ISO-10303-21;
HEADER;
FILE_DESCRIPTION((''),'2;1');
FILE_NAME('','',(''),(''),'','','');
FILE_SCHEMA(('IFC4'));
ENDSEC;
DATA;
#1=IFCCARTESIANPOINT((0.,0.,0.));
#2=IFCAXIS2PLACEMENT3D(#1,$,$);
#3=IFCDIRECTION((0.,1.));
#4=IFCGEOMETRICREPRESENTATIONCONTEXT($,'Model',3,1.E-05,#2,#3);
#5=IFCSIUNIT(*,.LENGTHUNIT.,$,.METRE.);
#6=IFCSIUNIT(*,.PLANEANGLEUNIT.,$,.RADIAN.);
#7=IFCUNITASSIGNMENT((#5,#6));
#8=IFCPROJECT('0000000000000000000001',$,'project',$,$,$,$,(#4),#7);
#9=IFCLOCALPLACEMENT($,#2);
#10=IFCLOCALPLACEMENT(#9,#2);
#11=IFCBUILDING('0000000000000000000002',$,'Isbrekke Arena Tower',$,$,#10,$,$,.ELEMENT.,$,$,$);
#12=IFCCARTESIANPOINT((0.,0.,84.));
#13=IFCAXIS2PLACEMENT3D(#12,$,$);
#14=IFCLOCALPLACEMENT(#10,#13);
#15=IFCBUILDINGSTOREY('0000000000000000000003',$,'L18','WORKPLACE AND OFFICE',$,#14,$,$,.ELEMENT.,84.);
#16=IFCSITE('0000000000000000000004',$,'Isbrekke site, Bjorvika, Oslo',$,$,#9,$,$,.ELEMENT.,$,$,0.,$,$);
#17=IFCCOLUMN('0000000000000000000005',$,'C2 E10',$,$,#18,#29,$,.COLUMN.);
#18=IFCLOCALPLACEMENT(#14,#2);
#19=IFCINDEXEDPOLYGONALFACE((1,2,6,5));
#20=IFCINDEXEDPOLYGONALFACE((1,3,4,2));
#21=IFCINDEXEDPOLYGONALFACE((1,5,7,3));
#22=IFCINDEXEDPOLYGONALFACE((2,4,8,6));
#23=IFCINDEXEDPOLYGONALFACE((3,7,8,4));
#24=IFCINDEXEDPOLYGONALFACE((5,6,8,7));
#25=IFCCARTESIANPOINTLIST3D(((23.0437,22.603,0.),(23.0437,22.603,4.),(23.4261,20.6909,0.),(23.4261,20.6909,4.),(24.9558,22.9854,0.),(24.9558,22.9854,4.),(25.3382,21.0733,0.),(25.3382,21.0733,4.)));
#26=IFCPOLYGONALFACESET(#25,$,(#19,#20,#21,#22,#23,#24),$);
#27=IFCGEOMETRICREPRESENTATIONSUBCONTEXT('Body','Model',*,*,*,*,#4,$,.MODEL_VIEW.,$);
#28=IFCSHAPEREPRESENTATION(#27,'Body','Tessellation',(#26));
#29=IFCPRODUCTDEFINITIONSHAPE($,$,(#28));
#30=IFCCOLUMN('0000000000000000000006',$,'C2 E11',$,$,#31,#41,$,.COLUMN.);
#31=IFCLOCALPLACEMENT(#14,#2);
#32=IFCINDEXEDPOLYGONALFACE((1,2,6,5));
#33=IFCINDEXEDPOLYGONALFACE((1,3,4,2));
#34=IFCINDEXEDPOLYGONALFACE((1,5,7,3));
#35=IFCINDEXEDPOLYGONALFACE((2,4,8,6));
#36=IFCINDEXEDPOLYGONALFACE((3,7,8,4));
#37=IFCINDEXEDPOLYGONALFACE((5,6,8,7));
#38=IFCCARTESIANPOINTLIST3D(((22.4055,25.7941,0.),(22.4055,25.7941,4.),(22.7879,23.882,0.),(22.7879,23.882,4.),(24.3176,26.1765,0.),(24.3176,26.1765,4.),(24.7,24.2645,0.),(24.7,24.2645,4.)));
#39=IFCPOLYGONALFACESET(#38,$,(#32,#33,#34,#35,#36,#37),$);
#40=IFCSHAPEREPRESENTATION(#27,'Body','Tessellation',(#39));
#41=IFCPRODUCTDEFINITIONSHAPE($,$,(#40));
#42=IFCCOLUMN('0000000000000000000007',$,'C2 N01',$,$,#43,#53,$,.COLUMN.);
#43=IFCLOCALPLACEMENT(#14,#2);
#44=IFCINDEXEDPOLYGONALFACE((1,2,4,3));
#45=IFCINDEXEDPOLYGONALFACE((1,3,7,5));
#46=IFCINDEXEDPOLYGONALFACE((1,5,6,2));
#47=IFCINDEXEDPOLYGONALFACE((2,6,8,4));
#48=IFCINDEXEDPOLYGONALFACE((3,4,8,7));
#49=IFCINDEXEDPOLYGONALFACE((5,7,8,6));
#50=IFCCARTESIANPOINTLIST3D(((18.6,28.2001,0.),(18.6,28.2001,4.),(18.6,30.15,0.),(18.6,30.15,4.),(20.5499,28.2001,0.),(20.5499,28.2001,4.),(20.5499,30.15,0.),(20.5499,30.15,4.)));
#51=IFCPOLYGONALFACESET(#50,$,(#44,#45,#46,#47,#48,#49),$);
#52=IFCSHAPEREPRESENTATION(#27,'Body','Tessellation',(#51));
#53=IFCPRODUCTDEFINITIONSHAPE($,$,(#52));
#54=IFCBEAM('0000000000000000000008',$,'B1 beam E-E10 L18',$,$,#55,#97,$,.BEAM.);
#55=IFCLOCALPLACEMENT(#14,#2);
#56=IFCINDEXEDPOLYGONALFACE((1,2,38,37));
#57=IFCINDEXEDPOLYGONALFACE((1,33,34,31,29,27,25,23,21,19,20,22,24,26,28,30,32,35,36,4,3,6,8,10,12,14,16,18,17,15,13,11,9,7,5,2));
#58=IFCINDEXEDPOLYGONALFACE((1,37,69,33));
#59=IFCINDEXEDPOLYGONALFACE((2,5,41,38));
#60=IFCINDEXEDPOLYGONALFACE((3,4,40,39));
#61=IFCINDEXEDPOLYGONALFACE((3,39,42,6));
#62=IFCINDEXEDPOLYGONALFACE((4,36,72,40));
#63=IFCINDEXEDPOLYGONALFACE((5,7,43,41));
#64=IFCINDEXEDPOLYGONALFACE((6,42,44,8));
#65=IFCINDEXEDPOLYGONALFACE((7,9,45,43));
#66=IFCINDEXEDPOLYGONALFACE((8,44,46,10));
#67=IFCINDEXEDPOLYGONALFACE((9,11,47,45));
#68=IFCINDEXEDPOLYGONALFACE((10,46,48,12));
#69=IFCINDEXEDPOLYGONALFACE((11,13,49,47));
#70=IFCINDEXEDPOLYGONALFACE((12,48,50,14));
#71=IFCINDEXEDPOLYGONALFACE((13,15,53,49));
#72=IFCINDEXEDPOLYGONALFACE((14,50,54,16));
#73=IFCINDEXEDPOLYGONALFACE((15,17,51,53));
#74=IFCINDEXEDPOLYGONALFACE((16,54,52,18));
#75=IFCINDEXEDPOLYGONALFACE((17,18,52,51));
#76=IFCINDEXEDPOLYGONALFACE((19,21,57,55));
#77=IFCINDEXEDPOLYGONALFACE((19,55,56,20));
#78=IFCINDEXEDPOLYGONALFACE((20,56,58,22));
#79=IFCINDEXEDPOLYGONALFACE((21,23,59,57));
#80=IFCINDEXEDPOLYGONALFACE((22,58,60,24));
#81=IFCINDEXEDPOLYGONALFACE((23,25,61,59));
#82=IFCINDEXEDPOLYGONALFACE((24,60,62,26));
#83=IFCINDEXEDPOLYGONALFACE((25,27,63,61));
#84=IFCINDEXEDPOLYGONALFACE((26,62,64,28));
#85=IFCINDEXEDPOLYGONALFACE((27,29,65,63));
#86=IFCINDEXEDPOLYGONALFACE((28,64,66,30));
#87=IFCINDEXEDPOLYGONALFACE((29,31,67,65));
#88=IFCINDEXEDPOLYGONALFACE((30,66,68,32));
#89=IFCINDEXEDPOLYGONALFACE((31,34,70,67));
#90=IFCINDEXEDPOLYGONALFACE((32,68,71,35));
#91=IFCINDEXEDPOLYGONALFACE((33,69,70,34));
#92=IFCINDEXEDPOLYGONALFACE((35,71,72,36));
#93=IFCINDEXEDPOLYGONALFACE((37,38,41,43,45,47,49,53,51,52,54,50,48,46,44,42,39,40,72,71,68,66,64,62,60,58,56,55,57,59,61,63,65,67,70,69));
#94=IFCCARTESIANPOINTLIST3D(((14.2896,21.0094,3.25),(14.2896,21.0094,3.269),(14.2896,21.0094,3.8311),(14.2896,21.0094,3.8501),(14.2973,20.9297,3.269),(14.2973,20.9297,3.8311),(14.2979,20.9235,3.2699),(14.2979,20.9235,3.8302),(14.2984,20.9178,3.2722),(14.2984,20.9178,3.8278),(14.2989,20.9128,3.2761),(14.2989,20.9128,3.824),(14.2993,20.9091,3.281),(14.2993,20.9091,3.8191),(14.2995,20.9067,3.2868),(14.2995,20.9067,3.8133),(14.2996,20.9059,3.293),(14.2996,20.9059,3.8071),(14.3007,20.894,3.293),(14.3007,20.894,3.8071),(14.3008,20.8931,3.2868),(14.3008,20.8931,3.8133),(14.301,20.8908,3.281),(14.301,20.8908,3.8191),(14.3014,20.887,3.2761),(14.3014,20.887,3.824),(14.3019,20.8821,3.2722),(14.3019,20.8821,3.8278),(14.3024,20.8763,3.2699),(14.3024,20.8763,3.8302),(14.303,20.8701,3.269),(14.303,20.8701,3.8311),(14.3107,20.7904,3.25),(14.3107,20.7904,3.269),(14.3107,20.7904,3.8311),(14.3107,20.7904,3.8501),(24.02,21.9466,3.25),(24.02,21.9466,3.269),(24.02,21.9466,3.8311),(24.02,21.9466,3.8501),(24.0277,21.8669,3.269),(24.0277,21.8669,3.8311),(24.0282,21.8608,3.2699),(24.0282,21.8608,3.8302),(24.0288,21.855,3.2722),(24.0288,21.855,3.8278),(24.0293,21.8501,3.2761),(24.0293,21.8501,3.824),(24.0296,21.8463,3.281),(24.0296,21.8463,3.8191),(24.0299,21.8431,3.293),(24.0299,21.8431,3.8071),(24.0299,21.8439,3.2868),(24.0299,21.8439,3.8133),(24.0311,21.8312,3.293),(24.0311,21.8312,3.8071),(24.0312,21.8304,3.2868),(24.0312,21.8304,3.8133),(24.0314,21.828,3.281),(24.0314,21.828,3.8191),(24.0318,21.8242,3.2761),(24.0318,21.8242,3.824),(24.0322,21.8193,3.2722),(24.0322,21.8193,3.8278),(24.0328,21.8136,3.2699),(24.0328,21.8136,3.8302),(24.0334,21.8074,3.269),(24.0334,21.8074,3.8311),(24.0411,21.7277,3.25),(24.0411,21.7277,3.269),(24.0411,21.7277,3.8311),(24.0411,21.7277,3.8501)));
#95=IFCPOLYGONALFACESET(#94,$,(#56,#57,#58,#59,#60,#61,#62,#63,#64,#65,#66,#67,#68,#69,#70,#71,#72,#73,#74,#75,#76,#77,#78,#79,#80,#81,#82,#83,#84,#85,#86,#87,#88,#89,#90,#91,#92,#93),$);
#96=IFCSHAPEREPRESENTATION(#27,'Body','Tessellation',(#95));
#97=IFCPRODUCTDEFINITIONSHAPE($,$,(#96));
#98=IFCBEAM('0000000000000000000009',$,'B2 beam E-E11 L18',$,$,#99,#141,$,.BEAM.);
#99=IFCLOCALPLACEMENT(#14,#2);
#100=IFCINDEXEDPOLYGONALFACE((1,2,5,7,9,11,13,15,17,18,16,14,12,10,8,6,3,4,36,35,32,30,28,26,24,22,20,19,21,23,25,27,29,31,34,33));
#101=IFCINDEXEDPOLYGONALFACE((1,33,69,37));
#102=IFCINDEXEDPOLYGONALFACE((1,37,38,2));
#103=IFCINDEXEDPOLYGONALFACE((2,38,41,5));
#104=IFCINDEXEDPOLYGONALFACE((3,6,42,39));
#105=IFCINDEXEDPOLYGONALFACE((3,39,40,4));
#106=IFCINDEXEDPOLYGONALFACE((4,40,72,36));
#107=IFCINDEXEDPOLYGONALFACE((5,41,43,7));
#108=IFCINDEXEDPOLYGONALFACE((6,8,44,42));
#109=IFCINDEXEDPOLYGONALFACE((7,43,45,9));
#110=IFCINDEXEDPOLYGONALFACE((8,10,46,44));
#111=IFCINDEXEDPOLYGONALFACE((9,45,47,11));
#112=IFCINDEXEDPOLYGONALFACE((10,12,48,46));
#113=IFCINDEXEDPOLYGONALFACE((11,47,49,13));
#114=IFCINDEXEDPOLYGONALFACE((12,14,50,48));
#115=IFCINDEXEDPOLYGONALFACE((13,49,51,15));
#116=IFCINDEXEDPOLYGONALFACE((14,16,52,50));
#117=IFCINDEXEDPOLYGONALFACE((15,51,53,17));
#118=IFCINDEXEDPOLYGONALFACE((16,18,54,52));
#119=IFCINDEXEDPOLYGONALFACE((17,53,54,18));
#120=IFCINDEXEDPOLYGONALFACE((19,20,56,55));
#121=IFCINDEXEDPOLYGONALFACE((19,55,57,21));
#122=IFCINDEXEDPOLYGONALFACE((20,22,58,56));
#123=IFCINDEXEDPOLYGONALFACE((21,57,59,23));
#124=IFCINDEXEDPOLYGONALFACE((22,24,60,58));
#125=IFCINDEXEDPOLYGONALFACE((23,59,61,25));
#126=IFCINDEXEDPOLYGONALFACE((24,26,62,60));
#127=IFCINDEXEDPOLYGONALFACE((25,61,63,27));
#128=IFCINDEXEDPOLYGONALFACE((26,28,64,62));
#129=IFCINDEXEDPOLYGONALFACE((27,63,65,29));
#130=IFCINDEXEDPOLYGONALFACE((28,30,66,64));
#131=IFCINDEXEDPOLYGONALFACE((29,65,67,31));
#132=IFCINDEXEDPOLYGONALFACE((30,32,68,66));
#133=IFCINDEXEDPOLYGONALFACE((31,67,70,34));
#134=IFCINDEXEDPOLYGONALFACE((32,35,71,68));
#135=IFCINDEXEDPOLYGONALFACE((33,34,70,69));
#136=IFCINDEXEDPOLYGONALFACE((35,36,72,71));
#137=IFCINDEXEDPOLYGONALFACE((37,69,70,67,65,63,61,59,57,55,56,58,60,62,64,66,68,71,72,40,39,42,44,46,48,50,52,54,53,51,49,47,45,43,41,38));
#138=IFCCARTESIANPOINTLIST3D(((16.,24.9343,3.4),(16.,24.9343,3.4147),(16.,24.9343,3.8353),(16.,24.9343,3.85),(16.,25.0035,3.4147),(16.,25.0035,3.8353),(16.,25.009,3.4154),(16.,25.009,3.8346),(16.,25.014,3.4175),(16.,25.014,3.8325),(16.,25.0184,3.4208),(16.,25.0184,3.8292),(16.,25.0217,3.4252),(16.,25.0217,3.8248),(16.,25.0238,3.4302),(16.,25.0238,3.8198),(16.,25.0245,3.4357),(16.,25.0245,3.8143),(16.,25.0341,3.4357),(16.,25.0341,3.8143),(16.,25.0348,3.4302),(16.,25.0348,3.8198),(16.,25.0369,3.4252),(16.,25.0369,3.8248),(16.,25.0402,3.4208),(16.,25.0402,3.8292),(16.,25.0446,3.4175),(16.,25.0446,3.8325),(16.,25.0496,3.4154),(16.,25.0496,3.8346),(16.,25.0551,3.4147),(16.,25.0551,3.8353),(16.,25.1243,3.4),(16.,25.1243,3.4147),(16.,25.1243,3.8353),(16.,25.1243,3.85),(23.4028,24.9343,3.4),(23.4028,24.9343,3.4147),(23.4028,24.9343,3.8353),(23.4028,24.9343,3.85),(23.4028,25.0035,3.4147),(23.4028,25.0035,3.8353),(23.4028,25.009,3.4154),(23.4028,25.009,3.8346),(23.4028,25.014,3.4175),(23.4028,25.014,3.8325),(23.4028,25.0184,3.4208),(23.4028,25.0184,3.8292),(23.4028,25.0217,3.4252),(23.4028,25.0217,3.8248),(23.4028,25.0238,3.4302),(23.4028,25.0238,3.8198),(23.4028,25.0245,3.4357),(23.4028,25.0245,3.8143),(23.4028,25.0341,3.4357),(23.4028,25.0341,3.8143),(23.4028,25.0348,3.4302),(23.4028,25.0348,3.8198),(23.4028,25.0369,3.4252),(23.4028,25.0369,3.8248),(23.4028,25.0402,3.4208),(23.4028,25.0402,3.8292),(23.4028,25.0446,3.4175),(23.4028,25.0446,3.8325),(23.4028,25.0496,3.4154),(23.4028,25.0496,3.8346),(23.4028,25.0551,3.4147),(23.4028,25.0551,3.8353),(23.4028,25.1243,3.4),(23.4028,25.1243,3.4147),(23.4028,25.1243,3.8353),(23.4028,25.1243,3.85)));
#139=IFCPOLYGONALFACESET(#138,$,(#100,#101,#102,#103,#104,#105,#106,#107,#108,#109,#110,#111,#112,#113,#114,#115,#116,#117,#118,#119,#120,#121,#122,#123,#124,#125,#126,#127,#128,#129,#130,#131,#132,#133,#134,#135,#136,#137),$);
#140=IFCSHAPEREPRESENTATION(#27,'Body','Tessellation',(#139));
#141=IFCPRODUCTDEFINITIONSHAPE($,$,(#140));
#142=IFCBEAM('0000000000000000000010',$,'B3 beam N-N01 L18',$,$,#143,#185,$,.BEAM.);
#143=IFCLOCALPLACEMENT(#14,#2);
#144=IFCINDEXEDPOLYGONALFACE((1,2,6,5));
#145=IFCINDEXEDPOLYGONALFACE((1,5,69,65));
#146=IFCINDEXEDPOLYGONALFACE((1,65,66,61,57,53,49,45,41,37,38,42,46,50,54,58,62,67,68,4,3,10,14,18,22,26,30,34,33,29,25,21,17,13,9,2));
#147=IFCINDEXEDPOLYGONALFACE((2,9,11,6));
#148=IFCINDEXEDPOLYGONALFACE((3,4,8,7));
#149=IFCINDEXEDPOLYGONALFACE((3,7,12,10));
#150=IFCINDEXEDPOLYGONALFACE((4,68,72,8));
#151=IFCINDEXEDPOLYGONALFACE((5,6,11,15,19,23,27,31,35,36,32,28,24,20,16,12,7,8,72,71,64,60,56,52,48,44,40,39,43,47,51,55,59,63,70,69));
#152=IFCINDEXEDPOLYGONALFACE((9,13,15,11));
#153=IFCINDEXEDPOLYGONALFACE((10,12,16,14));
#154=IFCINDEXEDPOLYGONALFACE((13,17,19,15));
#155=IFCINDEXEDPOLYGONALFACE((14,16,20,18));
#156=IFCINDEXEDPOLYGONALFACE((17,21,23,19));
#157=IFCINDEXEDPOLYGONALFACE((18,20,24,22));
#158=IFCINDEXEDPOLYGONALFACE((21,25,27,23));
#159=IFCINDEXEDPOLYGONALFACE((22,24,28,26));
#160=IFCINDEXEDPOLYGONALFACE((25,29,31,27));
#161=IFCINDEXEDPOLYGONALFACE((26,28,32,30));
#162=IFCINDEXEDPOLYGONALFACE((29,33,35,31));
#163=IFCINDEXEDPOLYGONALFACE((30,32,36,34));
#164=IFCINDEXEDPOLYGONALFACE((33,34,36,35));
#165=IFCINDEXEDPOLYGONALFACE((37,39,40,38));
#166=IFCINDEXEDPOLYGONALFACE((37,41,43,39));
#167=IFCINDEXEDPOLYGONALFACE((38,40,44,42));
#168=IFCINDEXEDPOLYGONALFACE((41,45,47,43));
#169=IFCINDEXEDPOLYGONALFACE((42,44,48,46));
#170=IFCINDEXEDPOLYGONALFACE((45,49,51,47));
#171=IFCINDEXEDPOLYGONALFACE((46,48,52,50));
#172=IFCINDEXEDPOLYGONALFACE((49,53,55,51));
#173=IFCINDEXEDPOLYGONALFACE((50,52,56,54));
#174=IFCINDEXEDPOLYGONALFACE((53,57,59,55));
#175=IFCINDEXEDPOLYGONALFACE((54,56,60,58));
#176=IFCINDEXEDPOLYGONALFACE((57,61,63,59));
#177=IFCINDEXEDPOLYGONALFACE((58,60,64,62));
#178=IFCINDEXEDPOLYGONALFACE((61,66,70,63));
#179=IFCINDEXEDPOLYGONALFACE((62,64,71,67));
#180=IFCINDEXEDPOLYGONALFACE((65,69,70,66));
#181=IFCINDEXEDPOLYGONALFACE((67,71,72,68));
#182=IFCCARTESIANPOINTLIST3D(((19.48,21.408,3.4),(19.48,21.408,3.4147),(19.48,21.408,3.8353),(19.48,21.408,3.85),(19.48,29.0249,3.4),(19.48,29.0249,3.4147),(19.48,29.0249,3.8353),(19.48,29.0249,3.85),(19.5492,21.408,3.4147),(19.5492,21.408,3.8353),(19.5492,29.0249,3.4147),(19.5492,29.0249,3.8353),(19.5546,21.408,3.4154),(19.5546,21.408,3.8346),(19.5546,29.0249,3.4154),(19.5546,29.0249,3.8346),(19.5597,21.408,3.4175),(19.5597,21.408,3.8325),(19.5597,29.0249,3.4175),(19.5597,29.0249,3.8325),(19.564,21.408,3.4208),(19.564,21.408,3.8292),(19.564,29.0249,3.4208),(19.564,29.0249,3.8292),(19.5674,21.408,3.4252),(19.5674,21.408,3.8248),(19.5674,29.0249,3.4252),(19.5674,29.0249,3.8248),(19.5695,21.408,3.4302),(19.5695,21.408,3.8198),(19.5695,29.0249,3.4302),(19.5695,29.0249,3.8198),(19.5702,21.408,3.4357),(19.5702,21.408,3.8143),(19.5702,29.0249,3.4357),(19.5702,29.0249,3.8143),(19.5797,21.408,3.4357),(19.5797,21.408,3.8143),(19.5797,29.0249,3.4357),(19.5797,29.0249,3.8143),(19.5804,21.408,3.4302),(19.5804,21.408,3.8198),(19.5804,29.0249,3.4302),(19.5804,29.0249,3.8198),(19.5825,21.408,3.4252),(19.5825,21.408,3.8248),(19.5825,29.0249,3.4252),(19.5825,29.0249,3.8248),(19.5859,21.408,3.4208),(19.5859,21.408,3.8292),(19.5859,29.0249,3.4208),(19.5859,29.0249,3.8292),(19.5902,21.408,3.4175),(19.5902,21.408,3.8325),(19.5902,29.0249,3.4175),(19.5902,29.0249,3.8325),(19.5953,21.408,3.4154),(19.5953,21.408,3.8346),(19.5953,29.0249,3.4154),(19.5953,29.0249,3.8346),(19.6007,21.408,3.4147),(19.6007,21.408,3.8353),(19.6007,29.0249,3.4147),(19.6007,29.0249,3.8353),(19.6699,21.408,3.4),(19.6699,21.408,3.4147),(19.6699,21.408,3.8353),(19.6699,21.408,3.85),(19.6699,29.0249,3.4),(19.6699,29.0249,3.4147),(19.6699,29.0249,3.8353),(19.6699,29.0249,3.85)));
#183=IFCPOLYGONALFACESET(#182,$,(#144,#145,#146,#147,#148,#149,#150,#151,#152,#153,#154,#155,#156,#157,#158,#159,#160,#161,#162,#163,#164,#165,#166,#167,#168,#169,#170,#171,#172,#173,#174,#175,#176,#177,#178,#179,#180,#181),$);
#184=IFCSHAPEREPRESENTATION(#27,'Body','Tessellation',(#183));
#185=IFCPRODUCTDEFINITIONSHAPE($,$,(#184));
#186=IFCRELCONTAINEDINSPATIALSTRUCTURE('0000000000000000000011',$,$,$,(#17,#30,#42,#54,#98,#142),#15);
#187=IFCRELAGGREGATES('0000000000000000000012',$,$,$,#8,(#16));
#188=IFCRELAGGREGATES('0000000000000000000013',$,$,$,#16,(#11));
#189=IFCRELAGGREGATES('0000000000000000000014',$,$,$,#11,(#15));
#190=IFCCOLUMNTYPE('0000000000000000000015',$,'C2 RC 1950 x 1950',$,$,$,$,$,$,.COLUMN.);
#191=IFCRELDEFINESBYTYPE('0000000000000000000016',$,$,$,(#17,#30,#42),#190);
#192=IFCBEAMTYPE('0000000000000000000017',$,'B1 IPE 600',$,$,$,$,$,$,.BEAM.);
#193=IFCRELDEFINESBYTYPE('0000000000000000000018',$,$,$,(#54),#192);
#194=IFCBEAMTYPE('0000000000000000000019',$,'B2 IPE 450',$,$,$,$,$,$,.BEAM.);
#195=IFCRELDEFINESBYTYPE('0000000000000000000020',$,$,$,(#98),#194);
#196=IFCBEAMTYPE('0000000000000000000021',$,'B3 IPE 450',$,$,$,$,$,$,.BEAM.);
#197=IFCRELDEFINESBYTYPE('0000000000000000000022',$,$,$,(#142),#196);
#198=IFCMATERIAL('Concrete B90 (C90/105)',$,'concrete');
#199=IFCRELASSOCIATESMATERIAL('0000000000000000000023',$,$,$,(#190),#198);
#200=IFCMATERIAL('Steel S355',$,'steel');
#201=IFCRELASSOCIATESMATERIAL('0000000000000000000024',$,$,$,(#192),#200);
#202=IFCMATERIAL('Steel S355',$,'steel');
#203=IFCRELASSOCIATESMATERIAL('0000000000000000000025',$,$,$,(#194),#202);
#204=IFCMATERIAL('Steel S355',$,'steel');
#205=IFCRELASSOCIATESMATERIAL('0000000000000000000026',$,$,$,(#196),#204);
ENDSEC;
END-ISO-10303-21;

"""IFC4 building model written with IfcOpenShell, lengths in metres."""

from ifc_helpers import new_model, si_unit, direction, frame, origin, origin_2d, place, context, subcontext, project, spatial, rectangle, i_section, extrude, material, material_profile, profile_set, type_object, element, save


model = new_model("IFC4")

# Units and contexts
model_context = context("Model", 3, precision=1e-05, world=origin(), true_north=direction((0.0, 1.0)))
body_context = subcontext(model_context, "Body", "Model", "MODEL_VIEW")
ifc_project = project(units=[si_unit("LENGTHUNIT", "METRE"), si_unit("PLANEANGLEUNIT", "RADIAN")], contexts=[model_context])

# Site, building, storey
site_placement = place(None, origin())
site = spatial("IfcSite", under=ifc_project, at=site_placement, Name="Isbrekke site, Bjorvika, Oslo", CompositionType="ELEMENT", RefElevation=0.0)
building_placement = place(site_placement, origin())
building = spatial("IfcBuilding", under=site, at=building_placement, Name="Isbrekke Arena Tower", CompositionType="ELEMENT")
storey_placement = place(building_placement, frame((0.0, 0.0, 84.0)))
storey = spatial("IfcBuildingStorey", under=building, at=storey_placement, Name="L18", Description="WORKPLACE AND OFFICE", CompositionType="ELEMENT", Elevation=84.0)

# Columns
ifc_material_1 = material(Name="Concrete B90 (C90/105)", Category="concrete")
ifc_material_profile_1 = material_profile(ifc_material_1, rectangle(XDim=1.95, YDim=1.95, at=origin_2d()), Name="RC 1950x1950")
ifc_profile_set_1 = profile_set([ifc_material_profile_1], Name="Concrete B90 (C90/105)")
column_type = type_object("IfcColumnType", Name="C2 RC 1950 x 1950", PredefinedType="COLUMN", material=ifc_profile_set_1)
for number, where, z_axis, x_axis, name in (
    (1, (24.1909, 21.8381, 0.0), (0.0, 0.0, 1.0), (-0.196116, 0.980581, 0.0), "C2 E10"),
    (2, (23.5527, 25.0293, 0.0), (0.0, 0.0, 1.0), (-0.196116, 0.980581, 0.0), "C2 E11"),
    (3, (19.575, 29.175, 0.0), (0.0, 0.0, 1.0), (-1.0, 0.0, 0.0), "C2 N01"),
):
    element("IfcColumn", number, at=place(storey_placement, frame(where, z_axis=z_axis, x_axis=x_axis)), inside=storey, type_object=column_type, Name=name, PredefinedType="COLUMN", context=body_context, shape_type="SweptSolid", body=[
        extrude(rectangle(XDim=1.95, YDim=1.95, at=origin_2d()), origin(), (0.0, 0.0, 1.0), 4.0),
    ])

# Beams
ifc_material_2 = material(Name="Steel S355", Category="steel")
ifc_material_profile_2 = material_profile(ifc_material_2, i_section(OverallWidth=0.22, OverallDepth=0.6001, WebThickness=0.012, FlangeThickness=0.019, FilletRadius=0.0239, at=origin_2d()), Name="IPE 600")
ifc_profile_set_2 = profile_set([ifc_material_profile_2], Name="Steel S355")
beam_type_1 = type_object("IfcBeamType", Name="B1 IPE 600", PredefinedType="BEAM", material=ifc_profile_set_2)
beam_1_placement = place(storey_placement, frame((24.0305, 21.8372, 3.55), z_axis=(-0.995393, -0.095878, 0.0), x_axis=(0.095878, -0.995393, 0.0)))
element("IfcBeam", 4, at=beam_1_placement, inside=storey, type_object=beam_type_1, Name="B1 beam E-E10 L18", PredefinedType="BEAM", context=body_context, shape_type="SweptSolid", body=[
    extrude(i_section(OverallWidth=0.22, OverallDepth=0.6001, WebThickness=0.012, FlangeThickness=0.019, FilletRadius=0.0239, at=origin_2d()), origin(), (0.0, 0.0, 1.0), 9.7754),
])
ifc_material_3 = material(Name="Steel S355", Category="steel")
ifc_material_profile_3 = material_profile(ifc_material_3, i_section(OverallWidth=0.1899, OverallDepth=0.45, WebThickness=0.0095, FlangeThickness=0.0146, FilletRadius=0.021, at=origin_2d()), Name="IPE 450")
ifc_profile_set_3 = profile_set([ifc_material_profile_3], Name="Steel S355")
beam_type_2 = type_object("IfcBeamType", Name="B2 IPE 450", PredefinedType="BEAM", material=ifc_profile_set_3)
beam_2_placement = place(storey_placement, frame((23.4028, 25.0293, 3.625), z_axis=(-1.0, 0.0, 0.0), x_axis=(0.0, -1.0, 0.0)))
element("IfcBeam", 5, at=beam_2_placement, inside=storey, type_object=beam_type_2, Name="B2 beam E-E11 L18", PredefinedType="BEAM", context=body_context, shape_type="SweptSolid", body=[
    extrude(i_section(OverallWidth=0.1899, OverallDepth=0.45, WebThickness=0.0095, FlangeThickness=0.0146, FilletRadius=0.021, at=origin_2d()), origin(), (0.0, 0.0, 1.0), 7.4028),
])
ifc_material_4 = material(Name="Steel S355", Category="steel")
ifc_material_profile_4 = material_profile(ifc_material_4, i_section(OverallWidth=0.1899, OverallDepth=0.45, WebThickness=0.0095, FlangeThickness=0.0146, FilletRadius=0.021, at=origin_2d()), Name="IPE 450")
ifc_profile_set_4 = profile_set([ifc_material_profile_4], Name="Steel S355")
beam_type_3 = type_object("IfcBeamType", Name="B3 IPE 450", PredefinedType="BEAM", material=ifc_profile_set_4)
beam_3_placement = place(storey_placement, frame((19.575, 29.0249, 3.625), z_axis=(0.0, -1.0, 0.0), x_axis=(1.0, 0.0, 0.0)))
element("IfcBeam", 6, at=beam_3_placement, inside=storey, type_object=beam_type_3, Name="B3 beam N-N01 L18", PredefinedType="BEAM", context=body_context, shape_type="SweptSolid", body=[
    extrude(i_section(OverallWidth=0.1899, OverallDepth=0.45, WebThickness=0.0095, FlangeThickness=0.0146, FilletRadius=0.021, at=origin_2d()), origin(), (0.0, 0.0, 1.0), 7.6169),
])

save(model, "model.ifc")
